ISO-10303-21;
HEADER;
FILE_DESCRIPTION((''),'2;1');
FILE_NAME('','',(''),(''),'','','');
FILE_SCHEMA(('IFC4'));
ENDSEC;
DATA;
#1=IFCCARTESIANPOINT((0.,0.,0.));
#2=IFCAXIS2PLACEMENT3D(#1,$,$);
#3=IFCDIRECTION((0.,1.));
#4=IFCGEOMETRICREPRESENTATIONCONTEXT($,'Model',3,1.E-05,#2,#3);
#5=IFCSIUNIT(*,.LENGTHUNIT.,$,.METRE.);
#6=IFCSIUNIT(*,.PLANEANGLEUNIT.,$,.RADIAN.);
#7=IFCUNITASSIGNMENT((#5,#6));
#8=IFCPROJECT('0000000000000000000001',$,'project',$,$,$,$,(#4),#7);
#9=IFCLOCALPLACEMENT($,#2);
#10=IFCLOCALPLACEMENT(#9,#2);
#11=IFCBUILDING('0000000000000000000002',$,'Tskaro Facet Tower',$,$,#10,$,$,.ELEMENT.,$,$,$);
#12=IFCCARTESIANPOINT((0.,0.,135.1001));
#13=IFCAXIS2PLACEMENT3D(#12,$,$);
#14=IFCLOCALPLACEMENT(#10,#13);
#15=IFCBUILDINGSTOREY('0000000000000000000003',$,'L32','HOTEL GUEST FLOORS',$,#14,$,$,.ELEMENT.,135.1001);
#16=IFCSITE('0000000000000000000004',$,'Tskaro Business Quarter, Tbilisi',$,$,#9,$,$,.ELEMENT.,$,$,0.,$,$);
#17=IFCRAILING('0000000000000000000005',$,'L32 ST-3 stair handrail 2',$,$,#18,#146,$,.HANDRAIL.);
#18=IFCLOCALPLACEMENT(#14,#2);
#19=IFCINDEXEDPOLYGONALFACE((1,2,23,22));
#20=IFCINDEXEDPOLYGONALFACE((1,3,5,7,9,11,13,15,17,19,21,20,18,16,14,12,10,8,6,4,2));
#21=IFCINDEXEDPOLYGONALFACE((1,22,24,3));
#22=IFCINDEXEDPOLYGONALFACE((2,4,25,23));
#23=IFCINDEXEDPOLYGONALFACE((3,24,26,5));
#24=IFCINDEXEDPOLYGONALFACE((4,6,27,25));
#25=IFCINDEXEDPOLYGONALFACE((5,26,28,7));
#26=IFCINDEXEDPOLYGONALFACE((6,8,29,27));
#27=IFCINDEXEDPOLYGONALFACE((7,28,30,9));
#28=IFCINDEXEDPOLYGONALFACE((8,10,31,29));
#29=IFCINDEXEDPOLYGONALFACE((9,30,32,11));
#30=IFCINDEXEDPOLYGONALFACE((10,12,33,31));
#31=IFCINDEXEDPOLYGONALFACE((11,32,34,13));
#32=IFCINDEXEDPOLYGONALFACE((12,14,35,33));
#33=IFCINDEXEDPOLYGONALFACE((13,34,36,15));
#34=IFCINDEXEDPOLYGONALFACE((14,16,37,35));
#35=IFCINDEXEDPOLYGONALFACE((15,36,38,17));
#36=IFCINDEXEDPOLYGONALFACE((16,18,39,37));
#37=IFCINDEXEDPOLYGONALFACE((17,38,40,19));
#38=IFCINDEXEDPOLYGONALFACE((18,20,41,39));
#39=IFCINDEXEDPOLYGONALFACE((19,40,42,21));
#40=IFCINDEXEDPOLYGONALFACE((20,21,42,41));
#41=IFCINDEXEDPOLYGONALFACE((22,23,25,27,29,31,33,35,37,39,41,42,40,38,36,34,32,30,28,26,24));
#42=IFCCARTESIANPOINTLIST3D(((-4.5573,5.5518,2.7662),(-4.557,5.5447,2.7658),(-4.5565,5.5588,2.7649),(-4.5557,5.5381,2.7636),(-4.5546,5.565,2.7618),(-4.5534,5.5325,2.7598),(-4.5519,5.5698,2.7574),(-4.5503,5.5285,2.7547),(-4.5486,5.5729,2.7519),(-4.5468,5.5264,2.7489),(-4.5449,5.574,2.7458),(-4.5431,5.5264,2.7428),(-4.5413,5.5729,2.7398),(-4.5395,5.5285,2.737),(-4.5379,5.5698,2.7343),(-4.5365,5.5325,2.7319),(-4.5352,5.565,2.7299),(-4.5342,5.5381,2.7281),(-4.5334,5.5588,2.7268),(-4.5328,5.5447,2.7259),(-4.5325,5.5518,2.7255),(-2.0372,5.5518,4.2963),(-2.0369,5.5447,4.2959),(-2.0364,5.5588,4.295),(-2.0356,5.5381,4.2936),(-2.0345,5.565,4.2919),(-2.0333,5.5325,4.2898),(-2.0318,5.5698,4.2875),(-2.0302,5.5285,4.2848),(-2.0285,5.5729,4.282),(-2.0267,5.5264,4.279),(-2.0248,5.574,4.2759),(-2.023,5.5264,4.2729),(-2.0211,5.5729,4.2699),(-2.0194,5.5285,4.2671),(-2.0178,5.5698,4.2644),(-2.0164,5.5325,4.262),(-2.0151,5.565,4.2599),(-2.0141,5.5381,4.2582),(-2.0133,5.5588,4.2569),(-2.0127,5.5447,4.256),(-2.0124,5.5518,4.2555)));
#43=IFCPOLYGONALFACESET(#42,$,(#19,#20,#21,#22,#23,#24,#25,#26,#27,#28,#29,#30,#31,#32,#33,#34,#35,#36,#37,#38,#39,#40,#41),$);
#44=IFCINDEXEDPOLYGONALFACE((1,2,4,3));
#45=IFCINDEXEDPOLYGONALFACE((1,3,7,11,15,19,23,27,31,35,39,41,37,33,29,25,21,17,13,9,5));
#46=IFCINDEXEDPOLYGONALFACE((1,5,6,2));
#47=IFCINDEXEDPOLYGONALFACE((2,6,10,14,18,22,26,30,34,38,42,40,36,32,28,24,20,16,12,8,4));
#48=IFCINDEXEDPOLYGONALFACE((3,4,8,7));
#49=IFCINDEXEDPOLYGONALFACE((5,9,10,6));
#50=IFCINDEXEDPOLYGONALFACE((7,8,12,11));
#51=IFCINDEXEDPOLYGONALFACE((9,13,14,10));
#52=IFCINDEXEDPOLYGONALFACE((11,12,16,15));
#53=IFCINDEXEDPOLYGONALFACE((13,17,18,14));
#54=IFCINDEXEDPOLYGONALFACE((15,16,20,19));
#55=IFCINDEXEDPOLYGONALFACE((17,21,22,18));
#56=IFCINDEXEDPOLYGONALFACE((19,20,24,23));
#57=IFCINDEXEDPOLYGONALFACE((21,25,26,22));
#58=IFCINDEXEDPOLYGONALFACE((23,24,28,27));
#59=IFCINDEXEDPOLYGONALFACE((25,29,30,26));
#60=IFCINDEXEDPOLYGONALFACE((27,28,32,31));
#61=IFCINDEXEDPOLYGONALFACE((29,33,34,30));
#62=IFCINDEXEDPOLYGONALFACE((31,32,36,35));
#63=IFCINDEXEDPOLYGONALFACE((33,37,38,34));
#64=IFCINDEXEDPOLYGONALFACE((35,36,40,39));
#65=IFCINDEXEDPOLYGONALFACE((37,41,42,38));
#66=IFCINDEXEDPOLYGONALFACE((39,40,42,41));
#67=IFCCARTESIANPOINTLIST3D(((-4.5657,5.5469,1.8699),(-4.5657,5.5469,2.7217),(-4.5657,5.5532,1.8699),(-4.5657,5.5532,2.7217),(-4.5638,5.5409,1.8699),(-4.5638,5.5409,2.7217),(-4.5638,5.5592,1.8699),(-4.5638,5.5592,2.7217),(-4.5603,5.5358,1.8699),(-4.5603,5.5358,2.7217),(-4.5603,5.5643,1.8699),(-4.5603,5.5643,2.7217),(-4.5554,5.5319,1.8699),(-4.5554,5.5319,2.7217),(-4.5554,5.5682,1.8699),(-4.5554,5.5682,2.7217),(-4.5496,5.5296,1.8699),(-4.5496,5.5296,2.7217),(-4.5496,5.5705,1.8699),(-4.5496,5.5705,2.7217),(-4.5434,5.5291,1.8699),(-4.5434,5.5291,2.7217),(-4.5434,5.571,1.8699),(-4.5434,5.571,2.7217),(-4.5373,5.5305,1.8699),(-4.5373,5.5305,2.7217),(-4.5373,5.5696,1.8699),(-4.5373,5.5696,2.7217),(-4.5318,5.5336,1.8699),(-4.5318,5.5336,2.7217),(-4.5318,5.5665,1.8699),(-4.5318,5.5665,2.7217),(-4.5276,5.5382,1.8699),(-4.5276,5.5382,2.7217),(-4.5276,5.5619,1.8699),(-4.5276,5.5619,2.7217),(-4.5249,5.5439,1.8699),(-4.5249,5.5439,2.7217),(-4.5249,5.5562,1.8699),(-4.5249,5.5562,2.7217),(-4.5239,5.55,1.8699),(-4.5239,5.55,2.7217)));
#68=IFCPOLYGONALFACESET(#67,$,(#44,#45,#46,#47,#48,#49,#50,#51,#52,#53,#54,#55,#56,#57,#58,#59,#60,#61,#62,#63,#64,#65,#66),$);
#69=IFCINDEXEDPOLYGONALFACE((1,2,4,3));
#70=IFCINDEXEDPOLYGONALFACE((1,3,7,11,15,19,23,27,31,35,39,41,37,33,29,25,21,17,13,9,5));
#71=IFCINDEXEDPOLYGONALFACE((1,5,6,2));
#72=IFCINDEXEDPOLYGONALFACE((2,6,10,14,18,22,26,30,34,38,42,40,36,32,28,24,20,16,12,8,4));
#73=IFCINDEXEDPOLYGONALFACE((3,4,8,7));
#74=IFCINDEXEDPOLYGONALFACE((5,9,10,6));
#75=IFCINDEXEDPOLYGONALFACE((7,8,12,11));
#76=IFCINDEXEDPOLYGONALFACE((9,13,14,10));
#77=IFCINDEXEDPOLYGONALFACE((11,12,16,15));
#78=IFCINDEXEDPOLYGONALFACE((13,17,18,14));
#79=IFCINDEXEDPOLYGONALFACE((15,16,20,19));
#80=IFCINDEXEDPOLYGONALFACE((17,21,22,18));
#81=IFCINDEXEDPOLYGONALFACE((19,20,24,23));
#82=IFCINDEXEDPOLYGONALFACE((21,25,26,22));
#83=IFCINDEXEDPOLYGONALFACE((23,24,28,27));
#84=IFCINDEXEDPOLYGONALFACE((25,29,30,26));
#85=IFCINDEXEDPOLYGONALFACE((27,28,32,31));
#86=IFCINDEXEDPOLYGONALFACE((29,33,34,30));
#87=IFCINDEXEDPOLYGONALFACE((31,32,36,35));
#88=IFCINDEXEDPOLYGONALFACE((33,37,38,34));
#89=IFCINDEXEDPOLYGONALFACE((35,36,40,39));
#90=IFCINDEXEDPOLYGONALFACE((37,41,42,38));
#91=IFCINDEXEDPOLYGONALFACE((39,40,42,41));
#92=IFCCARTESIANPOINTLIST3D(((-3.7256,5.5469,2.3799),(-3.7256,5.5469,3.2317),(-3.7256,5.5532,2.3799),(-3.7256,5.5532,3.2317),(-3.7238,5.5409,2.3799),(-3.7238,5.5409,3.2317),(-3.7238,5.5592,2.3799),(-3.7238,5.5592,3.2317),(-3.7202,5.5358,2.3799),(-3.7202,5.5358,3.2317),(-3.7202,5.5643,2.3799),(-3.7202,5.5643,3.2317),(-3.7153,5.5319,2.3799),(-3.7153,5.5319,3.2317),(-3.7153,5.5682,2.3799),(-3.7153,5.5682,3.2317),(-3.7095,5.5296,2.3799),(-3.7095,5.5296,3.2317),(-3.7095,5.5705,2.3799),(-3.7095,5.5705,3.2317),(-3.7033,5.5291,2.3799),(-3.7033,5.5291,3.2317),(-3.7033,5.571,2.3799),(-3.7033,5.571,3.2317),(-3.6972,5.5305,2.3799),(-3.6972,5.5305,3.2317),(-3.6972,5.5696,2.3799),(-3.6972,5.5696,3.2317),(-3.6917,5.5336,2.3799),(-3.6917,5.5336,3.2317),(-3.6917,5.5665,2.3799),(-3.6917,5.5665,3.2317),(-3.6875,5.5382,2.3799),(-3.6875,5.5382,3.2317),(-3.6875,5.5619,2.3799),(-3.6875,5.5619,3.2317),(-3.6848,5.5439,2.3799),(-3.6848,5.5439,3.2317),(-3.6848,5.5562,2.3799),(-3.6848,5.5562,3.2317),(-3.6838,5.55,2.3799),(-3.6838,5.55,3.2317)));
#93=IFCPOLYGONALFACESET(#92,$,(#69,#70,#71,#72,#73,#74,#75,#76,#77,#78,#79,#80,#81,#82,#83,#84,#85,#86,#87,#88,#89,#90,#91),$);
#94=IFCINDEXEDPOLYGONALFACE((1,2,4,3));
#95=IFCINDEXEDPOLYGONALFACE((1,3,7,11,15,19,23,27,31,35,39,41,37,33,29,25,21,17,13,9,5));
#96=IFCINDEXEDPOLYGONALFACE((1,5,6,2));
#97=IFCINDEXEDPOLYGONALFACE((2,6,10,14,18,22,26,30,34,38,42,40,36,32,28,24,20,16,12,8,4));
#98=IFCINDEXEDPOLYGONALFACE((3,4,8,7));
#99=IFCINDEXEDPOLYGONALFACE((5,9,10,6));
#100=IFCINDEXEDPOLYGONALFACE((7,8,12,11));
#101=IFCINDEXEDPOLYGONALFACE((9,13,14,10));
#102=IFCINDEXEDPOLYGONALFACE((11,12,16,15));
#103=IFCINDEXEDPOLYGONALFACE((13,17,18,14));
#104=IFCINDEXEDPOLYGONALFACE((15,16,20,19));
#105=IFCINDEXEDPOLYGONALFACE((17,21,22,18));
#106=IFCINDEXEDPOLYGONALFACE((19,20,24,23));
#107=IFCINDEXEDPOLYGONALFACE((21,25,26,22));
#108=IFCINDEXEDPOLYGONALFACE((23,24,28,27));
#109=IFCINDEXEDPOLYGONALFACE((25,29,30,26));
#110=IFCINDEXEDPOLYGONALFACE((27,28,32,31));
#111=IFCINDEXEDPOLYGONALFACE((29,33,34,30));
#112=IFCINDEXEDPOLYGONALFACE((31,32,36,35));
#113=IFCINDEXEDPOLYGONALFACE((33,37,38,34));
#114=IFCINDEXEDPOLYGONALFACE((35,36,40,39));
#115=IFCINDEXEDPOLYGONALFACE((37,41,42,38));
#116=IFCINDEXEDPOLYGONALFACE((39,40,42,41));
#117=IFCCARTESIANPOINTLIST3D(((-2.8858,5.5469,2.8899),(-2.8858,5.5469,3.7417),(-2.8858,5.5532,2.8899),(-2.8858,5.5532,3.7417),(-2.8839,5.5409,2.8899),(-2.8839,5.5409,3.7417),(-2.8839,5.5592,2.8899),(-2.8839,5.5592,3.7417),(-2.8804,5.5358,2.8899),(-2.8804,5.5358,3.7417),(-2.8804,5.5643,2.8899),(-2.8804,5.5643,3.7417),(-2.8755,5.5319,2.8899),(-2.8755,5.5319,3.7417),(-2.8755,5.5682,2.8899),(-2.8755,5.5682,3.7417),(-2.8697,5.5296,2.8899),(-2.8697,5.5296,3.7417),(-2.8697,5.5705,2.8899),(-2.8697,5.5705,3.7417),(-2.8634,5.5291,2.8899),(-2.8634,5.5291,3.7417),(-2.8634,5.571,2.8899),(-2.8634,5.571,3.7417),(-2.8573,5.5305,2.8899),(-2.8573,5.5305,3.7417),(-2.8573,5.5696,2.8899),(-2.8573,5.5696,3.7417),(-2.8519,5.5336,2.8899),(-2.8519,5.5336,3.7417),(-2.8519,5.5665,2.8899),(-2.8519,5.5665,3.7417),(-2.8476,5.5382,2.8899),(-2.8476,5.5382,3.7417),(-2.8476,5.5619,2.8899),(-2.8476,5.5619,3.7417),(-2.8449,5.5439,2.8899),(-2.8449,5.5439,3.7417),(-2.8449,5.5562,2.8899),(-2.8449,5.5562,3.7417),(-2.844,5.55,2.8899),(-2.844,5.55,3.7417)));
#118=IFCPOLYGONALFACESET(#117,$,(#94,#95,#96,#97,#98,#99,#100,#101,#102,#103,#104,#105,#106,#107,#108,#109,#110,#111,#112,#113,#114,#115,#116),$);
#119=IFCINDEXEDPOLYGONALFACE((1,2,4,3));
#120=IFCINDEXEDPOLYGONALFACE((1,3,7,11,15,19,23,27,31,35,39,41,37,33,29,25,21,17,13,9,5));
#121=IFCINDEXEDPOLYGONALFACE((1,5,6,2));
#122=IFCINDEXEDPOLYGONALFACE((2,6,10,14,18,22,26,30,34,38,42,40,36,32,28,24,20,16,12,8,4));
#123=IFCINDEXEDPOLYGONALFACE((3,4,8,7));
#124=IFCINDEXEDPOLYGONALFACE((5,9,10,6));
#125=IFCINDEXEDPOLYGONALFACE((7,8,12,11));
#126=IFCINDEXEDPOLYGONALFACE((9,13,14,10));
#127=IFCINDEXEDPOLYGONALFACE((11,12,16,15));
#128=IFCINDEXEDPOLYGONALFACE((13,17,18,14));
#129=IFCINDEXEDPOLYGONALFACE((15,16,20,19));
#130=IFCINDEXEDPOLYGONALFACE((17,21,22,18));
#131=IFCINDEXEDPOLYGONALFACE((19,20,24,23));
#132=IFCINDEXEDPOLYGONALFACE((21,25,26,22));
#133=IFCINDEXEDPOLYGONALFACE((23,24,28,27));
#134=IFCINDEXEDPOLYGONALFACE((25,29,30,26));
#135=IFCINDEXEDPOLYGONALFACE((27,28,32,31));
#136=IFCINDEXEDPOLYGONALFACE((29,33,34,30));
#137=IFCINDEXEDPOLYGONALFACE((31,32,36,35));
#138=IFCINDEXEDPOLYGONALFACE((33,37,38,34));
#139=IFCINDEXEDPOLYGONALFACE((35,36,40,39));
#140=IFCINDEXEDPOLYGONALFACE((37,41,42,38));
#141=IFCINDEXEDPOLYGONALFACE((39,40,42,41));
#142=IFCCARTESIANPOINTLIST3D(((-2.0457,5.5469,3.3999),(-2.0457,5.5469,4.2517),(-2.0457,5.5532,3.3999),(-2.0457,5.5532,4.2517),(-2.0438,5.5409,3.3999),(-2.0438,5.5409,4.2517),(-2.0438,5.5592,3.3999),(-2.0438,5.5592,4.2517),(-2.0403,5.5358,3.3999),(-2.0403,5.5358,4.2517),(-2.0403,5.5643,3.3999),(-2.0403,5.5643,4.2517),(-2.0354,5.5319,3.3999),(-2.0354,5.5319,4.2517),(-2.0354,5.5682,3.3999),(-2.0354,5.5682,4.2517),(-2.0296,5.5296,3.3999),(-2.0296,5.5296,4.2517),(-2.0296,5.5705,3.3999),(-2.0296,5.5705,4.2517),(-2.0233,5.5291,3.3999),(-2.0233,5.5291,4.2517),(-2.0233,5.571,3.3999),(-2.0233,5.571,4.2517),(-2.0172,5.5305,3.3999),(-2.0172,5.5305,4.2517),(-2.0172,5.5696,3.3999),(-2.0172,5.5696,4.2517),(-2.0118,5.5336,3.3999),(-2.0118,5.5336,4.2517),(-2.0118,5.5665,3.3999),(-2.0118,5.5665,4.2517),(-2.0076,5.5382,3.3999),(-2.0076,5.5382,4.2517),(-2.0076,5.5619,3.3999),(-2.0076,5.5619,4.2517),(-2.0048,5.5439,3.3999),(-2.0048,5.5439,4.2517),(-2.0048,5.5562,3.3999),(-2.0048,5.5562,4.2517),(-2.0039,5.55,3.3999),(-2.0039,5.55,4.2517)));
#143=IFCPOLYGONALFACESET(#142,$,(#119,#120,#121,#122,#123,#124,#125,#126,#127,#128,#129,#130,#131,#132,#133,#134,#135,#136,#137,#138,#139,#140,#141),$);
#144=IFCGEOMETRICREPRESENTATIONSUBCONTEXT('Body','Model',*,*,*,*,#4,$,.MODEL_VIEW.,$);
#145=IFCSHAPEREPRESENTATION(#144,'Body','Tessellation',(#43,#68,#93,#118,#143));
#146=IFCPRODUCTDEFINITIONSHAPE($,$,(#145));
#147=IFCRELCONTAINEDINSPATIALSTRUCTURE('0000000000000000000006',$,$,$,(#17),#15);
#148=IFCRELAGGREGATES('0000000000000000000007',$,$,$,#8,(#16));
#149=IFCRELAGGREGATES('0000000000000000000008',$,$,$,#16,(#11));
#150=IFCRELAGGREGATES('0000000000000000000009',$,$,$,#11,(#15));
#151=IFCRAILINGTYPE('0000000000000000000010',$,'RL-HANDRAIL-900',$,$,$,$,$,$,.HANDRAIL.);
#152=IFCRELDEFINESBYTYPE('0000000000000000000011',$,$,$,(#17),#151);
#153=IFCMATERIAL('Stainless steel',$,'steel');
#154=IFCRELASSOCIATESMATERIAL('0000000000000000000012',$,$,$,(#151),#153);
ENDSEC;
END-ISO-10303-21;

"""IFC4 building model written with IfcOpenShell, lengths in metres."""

from ifc_helpers import new_model, si_unit, direction, frame, origin, origin_2d, place, context, subcontext, project, spatial, circle, extrude, material, type_object, element, save


model = new_model("IFC4")

# Units and contexts
model_context = context("Model", 3, precision=1e-05, world=origin(), true_north=direction((0.0, 1.0)))
body_context = subcontext(model_context, "Body", "Model", "MODEL_VIEW")
ifc_project = project(units=[si_unit("LENGTHUNIT", "METRE"), si_unit("PLANEANGLEUNIT", "RADIAN")], contexts=[model_context])

# Site, building, storey
site_placement = place(None, origin())
site = spatial("IfcSite", under=ifc_project, at=site_placement, Name="Tskaro Business Quarter, Tbilisi", CompositionType="ELEMENT", RefElevation=0.0)
building_placement = place(site_placement, origin())
building = spatial("IfcBuilding", under=site, at=building_placement, Name="Tskaro Facet Tower", CompositionType="ELEMENT")
storey_placement = place(building_placement, frame((0.0, 0.0, 135.1001)))
storey = spatial("IfcBuildingStorey", under=building, at=storey_placement, Name="L32", Description="HOTEL GUEST FLOORS", CompositionType="ELEMENT", Elevation=135.1001)

# Railing
ifc_material_1 = material(Name="Stainless steel", Category="steel")
railing_type_1 = type_object("IfcRailingType", Name="RL-HANDRAIL-900", PredefinedType="HANDRAIL", material=ifc_material_1)
railing_1_placement = place(storey_placement, frame((-4.5449, 5.55, 1.8699)))
element("IfcRailing", 1, at=railing_1_placement, inside=storey, type_object=railing_type_1, Name="L32 ST-3 stair handrail 2", PredefinedType="HANDRAIL", context=body_context, shape_type="SweptSolid", body=[
    extrude(circle(Radius=0.0239, at=origin_2d()), frame((0.0, 0.0, 0.876), z_axis=(0.854785, 0.0, 0.518982), x_axis=(0.0, 1.0, 0.0)), (0.0, 0.0, 1.0), 2.9482),
    extrude(circle(Radius=0.021, at=origin_2d()), origin(), (0.0, 0.0, 1.0), 0.8518),
    extrude(circle(Radius=0.021, at=origin_2d()), frame((0.8401, 0.0, 0.51)), (0.0, 0.0, 1.0), 0.8518),
    extrude(circle(Radius=0.021, at=origin_2d()), frame((1.6799, 0.0, 1.02)), (0.0, 0.0, 1.0), 0.8518),
    extrude(circle(Radius=0.021, at=origin_2d()), frame((2.52, 0.0, 1.53)), (0.0, 0.0, 1.0), 0.8518),
])

save(model, "model.ifc")
